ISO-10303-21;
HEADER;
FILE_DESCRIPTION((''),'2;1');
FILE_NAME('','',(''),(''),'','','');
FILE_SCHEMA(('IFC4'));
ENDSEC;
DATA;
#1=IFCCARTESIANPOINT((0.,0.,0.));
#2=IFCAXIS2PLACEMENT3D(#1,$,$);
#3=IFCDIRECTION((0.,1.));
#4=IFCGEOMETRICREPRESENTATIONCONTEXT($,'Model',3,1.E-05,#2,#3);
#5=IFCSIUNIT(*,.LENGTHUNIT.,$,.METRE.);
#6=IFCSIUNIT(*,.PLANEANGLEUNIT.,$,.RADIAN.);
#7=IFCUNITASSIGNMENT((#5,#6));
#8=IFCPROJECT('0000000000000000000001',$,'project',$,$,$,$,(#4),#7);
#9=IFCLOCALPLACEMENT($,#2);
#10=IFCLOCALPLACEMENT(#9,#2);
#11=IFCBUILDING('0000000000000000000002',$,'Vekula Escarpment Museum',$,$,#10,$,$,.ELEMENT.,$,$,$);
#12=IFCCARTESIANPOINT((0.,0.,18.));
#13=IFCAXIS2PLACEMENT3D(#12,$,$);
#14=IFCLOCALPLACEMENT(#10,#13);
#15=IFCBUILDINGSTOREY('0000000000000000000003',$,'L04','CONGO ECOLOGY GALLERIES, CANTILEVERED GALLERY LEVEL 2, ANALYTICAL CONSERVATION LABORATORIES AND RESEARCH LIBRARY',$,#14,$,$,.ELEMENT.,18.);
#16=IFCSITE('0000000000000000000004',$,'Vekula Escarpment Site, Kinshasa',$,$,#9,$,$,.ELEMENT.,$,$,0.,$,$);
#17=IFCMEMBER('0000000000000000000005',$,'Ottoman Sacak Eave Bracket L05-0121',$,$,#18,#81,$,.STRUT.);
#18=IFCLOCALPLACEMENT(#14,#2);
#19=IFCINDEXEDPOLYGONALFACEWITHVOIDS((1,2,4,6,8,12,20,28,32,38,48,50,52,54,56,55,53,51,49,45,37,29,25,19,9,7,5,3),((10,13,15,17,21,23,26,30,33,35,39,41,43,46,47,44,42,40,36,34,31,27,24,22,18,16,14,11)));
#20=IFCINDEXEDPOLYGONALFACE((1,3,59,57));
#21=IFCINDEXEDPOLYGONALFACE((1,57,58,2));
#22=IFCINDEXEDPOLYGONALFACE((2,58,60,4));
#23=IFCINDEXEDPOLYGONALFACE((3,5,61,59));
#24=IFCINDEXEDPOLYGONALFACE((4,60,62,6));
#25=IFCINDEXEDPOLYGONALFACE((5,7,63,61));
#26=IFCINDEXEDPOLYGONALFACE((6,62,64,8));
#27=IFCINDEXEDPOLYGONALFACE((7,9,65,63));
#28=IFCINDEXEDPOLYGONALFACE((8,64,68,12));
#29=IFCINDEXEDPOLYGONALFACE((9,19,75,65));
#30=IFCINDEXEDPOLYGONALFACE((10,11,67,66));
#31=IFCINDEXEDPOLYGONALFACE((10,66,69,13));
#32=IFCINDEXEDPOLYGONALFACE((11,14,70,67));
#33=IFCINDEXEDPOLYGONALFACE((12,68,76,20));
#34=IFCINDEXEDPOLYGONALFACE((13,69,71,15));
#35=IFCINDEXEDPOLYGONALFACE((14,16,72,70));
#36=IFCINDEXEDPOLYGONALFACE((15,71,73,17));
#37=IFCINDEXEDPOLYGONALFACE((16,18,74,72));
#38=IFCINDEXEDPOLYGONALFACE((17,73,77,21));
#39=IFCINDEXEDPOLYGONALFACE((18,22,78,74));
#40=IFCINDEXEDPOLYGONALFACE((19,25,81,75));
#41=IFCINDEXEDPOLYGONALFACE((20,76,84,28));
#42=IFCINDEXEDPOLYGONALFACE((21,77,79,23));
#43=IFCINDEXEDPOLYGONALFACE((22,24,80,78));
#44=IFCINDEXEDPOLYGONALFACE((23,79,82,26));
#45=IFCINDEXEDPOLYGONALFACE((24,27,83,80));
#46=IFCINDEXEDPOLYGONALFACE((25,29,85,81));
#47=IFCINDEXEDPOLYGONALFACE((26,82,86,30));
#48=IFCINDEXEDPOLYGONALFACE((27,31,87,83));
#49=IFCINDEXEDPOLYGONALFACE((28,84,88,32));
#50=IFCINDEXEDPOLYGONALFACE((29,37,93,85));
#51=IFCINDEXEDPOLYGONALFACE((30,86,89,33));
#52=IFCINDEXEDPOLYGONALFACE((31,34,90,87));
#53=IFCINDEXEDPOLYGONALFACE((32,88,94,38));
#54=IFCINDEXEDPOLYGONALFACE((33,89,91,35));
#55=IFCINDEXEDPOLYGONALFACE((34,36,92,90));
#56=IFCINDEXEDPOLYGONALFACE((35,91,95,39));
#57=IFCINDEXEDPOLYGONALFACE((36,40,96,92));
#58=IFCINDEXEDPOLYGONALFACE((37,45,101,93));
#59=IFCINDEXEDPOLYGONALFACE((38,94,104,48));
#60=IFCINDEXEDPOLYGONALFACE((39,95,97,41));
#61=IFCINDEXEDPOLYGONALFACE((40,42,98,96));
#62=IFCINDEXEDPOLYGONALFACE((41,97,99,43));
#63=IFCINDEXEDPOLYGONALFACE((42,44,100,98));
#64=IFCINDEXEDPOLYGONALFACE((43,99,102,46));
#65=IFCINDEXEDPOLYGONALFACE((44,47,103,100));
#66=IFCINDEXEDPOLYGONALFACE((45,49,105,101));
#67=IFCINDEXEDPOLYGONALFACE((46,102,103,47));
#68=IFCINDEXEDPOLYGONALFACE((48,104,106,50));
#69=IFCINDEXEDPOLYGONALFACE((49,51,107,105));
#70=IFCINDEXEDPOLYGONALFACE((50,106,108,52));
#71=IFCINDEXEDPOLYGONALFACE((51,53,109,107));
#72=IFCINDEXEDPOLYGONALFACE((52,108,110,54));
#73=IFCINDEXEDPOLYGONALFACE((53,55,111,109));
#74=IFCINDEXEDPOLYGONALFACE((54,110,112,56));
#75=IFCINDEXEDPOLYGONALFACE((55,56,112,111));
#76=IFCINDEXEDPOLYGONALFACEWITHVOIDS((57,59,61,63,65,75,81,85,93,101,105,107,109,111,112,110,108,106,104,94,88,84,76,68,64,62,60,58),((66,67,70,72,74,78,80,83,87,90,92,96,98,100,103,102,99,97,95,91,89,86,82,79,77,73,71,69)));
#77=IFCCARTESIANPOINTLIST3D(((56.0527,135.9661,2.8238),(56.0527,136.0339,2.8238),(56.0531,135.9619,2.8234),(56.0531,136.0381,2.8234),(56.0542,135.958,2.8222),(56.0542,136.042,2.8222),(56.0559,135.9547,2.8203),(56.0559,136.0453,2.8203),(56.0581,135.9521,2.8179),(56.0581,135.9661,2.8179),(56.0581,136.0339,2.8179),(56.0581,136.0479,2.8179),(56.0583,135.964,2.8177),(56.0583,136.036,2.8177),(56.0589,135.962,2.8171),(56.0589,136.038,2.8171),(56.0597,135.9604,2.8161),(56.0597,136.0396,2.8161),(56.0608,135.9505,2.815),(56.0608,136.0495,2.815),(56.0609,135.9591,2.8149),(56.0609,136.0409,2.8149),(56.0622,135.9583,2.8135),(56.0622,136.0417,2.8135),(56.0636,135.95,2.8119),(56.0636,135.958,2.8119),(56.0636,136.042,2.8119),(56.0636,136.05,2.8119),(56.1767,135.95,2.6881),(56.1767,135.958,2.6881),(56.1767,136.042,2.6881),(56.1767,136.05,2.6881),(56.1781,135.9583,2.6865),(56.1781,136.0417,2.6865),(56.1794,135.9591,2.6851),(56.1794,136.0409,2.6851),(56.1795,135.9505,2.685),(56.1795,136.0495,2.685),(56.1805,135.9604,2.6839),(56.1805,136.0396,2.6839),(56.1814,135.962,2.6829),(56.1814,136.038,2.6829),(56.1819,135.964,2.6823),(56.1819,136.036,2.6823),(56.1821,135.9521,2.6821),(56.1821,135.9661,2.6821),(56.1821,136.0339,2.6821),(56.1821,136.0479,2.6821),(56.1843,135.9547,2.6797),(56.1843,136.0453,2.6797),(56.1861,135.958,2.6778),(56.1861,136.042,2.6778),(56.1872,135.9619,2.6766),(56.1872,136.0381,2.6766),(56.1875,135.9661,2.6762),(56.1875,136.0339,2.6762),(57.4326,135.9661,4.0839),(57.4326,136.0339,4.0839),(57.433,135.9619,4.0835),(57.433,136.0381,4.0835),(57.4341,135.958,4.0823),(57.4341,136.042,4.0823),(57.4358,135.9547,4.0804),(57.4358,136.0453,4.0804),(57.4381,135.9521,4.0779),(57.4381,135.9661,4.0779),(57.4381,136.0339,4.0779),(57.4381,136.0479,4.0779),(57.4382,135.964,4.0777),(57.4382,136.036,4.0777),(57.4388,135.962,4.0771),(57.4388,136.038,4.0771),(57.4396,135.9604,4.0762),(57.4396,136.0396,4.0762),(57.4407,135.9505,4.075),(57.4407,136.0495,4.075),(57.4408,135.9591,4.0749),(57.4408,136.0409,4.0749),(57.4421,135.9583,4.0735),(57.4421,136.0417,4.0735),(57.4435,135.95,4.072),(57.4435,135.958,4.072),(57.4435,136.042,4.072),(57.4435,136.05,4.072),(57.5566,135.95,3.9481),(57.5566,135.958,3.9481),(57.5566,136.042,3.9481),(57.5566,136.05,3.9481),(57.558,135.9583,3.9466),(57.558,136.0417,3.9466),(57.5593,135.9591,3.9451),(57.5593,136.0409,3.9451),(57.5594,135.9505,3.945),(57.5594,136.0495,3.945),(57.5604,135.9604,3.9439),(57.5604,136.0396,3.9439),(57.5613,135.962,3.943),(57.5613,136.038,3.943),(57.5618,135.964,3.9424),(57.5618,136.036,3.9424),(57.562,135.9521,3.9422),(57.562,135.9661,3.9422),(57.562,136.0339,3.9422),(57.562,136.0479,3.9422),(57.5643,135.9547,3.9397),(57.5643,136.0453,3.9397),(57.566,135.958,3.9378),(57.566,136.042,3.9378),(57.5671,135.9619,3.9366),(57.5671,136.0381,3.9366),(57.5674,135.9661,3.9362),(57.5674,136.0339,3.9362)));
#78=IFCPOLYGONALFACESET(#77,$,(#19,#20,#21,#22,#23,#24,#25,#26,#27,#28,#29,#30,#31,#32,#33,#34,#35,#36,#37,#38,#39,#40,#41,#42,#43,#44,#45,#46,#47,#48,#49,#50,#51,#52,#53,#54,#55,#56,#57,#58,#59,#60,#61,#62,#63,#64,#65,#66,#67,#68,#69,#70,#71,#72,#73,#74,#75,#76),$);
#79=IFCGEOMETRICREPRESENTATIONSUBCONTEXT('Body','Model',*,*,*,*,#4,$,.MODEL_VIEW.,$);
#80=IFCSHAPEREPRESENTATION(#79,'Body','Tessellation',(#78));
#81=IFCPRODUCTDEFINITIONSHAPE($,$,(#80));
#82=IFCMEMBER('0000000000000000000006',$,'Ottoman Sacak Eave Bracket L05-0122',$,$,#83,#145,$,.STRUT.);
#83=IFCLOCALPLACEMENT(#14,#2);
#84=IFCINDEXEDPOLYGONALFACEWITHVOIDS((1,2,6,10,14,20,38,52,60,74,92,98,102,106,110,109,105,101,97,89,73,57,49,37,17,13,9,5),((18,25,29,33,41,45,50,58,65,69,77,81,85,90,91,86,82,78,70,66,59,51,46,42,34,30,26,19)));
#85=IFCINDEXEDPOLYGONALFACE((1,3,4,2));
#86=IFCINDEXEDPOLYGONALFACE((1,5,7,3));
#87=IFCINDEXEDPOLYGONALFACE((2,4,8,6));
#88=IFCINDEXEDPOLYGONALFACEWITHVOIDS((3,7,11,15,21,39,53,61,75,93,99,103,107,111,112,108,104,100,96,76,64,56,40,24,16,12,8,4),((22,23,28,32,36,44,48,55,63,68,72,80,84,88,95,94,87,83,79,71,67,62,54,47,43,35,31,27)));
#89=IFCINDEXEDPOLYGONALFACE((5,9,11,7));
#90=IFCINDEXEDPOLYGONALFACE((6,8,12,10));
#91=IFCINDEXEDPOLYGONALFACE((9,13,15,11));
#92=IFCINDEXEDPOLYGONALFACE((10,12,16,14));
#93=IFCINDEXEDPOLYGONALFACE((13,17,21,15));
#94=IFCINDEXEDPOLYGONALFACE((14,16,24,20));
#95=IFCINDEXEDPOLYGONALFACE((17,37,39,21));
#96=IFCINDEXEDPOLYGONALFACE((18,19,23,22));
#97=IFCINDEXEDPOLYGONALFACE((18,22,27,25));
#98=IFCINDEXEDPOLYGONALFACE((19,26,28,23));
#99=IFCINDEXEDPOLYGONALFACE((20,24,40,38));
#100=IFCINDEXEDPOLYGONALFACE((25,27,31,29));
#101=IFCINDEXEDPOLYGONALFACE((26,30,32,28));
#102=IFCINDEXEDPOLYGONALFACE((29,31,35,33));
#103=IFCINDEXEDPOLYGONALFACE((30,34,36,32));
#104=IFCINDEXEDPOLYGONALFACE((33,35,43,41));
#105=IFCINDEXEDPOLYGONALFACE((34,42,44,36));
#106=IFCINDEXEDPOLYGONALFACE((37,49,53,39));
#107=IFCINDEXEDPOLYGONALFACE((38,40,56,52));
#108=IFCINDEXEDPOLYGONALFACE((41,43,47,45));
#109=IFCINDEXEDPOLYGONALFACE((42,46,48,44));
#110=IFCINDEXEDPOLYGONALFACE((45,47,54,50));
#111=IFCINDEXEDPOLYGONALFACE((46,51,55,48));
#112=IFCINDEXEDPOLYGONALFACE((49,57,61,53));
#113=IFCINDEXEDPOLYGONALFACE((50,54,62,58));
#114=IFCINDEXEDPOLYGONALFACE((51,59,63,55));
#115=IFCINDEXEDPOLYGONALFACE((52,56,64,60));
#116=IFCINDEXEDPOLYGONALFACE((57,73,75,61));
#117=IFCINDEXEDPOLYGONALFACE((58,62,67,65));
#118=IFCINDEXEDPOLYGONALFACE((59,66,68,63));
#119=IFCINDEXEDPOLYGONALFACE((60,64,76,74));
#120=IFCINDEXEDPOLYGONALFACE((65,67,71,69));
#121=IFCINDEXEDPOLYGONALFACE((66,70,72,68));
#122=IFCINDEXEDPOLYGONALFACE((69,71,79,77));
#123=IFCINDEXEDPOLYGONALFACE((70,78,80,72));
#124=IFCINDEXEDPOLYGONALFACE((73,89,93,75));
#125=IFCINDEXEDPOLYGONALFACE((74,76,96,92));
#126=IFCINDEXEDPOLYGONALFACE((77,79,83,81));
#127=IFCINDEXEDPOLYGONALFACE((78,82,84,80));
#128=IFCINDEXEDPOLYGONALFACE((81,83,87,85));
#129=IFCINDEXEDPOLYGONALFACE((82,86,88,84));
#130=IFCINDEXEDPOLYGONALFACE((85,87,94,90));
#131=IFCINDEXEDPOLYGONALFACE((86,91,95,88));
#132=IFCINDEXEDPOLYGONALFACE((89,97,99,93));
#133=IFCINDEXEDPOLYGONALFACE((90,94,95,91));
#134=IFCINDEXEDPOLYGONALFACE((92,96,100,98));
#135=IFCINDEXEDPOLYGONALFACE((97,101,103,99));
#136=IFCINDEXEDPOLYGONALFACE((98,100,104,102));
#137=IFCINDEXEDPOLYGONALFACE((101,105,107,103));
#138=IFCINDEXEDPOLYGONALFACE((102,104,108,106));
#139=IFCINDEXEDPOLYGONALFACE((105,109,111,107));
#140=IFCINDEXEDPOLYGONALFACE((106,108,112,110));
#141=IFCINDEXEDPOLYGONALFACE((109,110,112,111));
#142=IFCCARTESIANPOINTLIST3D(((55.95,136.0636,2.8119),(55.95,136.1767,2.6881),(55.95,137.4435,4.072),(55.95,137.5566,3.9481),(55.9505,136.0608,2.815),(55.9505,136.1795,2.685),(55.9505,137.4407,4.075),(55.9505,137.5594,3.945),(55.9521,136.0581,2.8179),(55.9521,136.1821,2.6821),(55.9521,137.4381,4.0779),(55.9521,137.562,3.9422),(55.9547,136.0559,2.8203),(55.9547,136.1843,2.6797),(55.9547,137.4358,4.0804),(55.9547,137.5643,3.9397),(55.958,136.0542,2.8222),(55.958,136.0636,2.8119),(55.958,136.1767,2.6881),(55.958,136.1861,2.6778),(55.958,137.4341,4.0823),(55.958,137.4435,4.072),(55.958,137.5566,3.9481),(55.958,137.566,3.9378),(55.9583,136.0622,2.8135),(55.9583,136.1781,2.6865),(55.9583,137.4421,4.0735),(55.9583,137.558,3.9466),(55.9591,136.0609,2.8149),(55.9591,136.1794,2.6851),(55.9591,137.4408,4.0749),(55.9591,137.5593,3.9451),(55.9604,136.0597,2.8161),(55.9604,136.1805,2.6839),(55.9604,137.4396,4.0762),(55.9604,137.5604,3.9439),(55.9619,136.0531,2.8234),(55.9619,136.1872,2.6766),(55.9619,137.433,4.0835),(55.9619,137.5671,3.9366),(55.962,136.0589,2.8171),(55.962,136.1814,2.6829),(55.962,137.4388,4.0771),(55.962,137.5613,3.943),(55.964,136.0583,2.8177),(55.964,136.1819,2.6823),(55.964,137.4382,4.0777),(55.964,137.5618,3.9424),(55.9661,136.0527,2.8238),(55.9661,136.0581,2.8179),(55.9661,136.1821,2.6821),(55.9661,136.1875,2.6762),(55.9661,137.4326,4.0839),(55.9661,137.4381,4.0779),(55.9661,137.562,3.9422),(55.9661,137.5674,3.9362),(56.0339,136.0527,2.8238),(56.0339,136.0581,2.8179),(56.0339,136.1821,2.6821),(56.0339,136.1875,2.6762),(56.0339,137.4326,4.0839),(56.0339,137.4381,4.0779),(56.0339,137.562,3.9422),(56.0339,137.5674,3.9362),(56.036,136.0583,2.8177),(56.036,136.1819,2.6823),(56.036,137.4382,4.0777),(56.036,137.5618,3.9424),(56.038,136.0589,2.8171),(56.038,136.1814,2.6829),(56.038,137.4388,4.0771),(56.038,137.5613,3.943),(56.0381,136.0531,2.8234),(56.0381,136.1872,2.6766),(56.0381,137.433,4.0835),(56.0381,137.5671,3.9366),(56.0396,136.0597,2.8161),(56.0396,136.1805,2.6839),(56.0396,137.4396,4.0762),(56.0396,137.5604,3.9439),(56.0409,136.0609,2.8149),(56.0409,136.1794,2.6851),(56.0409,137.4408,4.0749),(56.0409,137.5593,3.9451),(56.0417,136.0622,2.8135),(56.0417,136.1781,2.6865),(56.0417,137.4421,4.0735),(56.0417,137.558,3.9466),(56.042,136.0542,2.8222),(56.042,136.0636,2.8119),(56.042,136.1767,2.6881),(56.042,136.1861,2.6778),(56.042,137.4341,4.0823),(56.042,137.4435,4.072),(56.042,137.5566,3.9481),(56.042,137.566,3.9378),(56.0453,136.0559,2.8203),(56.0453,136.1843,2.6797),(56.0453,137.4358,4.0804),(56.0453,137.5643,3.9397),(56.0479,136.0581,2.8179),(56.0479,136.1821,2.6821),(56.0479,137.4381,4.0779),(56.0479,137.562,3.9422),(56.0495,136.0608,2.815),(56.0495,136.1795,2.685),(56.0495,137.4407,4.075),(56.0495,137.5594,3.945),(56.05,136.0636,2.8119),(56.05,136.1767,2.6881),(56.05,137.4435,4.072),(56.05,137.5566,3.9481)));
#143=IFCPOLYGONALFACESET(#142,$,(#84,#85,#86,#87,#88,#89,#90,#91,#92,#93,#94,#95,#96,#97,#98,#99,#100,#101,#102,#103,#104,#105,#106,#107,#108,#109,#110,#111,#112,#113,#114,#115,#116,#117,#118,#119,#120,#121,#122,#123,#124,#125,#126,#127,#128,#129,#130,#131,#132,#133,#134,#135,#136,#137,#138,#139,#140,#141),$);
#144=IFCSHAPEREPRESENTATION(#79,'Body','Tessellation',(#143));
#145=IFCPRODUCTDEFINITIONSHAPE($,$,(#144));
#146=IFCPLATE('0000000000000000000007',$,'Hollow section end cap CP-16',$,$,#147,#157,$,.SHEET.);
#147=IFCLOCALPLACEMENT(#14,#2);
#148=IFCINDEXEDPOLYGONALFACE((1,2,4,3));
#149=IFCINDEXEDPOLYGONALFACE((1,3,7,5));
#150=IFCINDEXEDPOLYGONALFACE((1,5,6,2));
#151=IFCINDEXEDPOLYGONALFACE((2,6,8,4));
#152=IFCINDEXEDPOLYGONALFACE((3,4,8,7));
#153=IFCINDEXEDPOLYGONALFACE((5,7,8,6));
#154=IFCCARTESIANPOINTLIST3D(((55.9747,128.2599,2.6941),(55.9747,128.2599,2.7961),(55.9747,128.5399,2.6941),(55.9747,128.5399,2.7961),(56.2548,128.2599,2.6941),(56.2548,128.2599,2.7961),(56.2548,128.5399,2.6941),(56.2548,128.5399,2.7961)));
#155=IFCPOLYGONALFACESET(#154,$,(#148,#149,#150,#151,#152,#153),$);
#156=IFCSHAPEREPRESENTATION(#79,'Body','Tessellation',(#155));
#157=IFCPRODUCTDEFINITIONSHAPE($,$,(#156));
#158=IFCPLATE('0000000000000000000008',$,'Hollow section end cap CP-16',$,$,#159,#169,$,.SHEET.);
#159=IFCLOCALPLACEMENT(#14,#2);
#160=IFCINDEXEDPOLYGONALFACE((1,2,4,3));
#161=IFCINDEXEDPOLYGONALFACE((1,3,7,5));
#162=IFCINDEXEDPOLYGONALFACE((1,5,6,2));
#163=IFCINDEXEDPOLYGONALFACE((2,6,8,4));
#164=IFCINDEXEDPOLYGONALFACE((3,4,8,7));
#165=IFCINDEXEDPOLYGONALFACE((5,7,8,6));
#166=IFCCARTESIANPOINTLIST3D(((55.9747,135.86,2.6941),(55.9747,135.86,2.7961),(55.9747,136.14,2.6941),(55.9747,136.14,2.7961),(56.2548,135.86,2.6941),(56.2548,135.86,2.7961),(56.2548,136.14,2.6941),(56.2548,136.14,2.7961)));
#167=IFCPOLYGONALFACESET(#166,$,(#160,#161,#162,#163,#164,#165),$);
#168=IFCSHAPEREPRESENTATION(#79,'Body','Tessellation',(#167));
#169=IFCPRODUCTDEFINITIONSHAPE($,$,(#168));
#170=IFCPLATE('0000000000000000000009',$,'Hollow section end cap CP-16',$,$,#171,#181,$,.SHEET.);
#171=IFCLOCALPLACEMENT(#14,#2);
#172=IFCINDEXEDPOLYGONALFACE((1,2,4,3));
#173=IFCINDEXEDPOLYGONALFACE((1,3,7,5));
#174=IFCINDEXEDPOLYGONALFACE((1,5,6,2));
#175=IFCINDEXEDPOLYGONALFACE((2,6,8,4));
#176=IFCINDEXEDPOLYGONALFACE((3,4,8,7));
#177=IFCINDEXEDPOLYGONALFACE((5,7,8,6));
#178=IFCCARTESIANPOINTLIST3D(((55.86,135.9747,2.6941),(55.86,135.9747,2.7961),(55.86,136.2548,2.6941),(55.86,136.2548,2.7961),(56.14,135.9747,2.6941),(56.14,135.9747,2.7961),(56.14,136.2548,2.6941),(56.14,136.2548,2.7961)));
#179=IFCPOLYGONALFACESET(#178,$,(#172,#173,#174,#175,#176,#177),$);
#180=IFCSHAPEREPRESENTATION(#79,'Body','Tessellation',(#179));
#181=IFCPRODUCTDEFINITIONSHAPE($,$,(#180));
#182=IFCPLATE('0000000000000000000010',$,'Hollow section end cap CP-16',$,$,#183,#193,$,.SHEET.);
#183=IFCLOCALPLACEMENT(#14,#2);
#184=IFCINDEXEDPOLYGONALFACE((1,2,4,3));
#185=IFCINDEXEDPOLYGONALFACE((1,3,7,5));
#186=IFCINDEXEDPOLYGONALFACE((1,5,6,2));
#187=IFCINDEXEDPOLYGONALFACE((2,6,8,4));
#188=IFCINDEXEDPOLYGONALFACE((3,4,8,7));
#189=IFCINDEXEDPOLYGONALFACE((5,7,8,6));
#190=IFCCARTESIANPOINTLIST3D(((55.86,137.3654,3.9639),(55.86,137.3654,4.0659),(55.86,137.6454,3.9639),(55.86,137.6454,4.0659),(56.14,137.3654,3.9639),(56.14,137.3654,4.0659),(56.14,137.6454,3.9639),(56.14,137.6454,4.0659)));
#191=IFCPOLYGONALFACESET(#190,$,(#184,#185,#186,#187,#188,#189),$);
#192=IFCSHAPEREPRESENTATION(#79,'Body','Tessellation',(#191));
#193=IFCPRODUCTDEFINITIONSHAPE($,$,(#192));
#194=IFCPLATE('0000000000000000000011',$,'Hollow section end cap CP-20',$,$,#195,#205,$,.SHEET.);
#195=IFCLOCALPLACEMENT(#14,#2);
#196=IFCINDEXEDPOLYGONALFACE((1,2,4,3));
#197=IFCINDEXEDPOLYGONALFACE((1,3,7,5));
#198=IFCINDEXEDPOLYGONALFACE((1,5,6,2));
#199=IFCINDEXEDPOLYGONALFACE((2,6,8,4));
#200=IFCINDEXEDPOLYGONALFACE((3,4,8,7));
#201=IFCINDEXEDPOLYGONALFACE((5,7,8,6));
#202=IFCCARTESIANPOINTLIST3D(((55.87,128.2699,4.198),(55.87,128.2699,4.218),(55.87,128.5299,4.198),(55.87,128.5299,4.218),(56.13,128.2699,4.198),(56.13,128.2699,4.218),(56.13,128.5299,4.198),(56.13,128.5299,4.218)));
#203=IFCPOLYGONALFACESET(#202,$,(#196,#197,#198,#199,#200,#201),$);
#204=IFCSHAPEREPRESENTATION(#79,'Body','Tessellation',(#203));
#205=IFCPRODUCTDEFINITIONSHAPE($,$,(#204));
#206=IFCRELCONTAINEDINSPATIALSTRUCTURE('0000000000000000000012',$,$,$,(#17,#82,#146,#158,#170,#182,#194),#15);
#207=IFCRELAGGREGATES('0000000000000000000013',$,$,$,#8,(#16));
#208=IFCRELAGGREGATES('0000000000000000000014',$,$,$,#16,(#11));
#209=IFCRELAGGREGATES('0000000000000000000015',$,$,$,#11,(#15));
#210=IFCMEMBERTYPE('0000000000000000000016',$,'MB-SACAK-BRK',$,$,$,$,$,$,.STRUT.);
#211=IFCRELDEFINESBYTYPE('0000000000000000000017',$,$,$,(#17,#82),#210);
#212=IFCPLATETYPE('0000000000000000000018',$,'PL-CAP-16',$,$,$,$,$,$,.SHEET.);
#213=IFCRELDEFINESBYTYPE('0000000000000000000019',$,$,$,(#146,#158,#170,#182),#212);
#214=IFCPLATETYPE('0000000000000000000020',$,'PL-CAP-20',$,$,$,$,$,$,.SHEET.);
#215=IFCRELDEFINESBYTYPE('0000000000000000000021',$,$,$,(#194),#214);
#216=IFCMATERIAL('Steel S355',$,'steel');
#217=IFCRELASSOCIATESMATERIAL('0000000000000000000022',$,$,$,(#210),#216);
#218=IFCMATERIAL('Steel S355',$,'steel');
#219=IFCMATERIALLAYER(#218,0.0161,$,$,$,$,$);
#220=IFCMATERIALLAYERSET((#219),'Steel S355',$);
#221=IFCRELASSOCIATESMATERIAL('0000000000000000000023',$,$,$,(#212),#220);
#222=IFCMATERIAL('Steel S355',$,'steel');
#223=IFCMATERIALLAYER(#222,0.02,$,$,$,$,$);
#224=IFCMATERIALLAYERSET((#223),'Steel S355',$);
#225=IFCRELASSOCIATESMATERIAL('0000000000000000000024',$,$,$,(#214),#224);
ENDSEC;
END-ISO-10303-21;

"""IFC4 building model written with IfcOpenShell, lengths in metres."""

from ifc_helpers import new_model, si_unit, direction, frame, origin, origin_2d, place, context, subcontext, project, spatial, rectangle, hollow_rectangle, extrude, material, layer, layer_set, material_profile, profile_set, type_object, element, save


model = new_model("IFC4")

# Units and contexts
model_context = context("Model", 3, precision=1e-05, world=origin(), true_north=direction((0.0, 1.0)))
body_context = subcontext(model_context, "Body", "Model", "MODEL_VIEW")
ifc_project = project(units=[si_unit("LENGTHUNIT", "METRE"), si_unit("PLANEANGLEUNIT", "RADIAN")], contexts=[model_context])

# Site, building, storey
site_placement = place(None, origin())
site = spatial("IfcSite", under=ifc_project, at=site_placement, Name="Vekula Escarpment Site, Kinshasa", CompositionType="ELEMENT", RefElevation=0.0)
building_placement = place(site_placement, origin())
building = spatial("IfcBuilding", under=site, at=building_placement, Name="Vekula Escarpment Museum", CompositionType="ELEMENT")
storey_placement = place(building_placement, frame((0.0, 0.0, 18.0)))
storey = spatial("IfcBuildingStorey", under=building, at=storey_placement, Name="L04", Description="CONGO ECOLOGY GALLERIES, CANTILEVERED GALLERY LEVEL 2, ANALYTICAL CONSERVATION LABORATORIES AND RESEARCH LIBRARY", CompositionType="ELEMENT", Elevation=18.0)

# Members
ifc_material_1 = material(Name="Steel S355", Category="steel")
ifc_material_profile_1 = material_profile(ifc_material_1, hollow_rectangle(XDim=0.1001, YDim=0.2, WallThickness=0.0081, InnerFilletRadius=0.0081, OuterFilletRadius=0.0161, at=origin_2d()), Name="RHS 200x100x8")
ifc_profile_set_1 = profile_set([ifc_material_profile_1], Name="Steel S355")
member_type = type_object("IfcMemberType", Name="MB-SACAK-BRK", PredefinedType="STRUT", material=ifc_profile_set_1)
for number, where, z_axis, x_axis, name in (
    (1, (56.1201, 136.0, 2.75), (0.738454, 0.0, 0.674303), (0.0, 1.0, 0.0), "Ottoman Sacak Eave Bracket L05-0121"),
    (2, (56.0, 136.1201, 2.75), (0.0, 0.738454, 0.674303), (-1.0, 0.0, 0.0), "Ottoman Sacak Eave Bracket L05-0122"),
):
    element("IfcMember", number, at=place(storey_placement, frame(where, z_axis=z_axis, x_axis=x_axis)), inside=storey, type_object=member_type, Name=name, PredefinedType="STRUT", context=body_context, shape_type="SweptSolid", body=[
        extrude(hollow_rectangle(XDim=0.1001, YDim=0.2, WallThickness=0.0081, InnerFilletRadius=0.0081, OuterFilletRadius=0.0161, at=origin_2d()), origin(), (0.0, 0.0, 1.0), 1.8687),
    ])

# Plates
ifc_material_2 = material(Name="Steel S355", Category="steel")
ifc_layer_1 = layer(ifc_material_2, 0.0161)
ifc_layer_set_1 = layer_set([ifc_layer_1], Name="Steel S355")
plate_type_1 = type_object("IfcPlateType", Name="PL-CAP-16", PredefinedType="SHEET", material=ifc_layer_set_1)
for number, where, z_axis, x_axis, name in (
    (3, (56.1147, 128.3999, 2.6941), (0.0, 0.0, 1.0), (1.0, 0.0, 0.0), "Hollow section end cap CP-16"),
    (4, (56.1147, 136.0, 2.6941), (0.0, 0.0, 1.0), (1.0, 0.0, 0.0), "Hollow section end cap CP-16"),
    (5, (56.0, 136.1147, 2.6941), (0.0, 0.0, 1.0), (1.0, 0.0, 0.0), "Hollow section end cap CP-16"),
    (6, (56.0, 137.5054, 3.9639), (0.0, 0.0, 1.0), (1.0, 0.0, 0.0), "Hollow section end cap CP-16"),
):
    element("IfcPlate", number, at=place(storey_placement, frame(where, z_axis=z_axis, x_axis=x_axis)), inside=storey, type_object=plate_type_1, Name=name, PredefinedType="SHEET", context=body_context, shape_type="SweptSolid", body=[
        extrude(rectangle(XDim=0.28, YDim=0.28, at=origin_2d()), origin(), (0.0, 0.0, 1.0), 0.1021),
    ])
ifc_material_3 = material(Name="Steel S355", Category="steel")
ifc_layer_2 = layer(ifc_material_3, 0.02)
ifc_layer_set_2 = layer_set([ifc_layer_2], Name="Steel S355")
plate_type_2 = type_object("IfcPlateType", Name="PL-CAP-20", PredefinedType="SHEET", material=ifc_layer_set_2)
plate_placement = place(storey_placement, frame((56.0, 128.3999, 4.198), z_axis=(0.0, 0.0, 1.0), x_axis=(1.0, 0.0, 0.0)))
element("IfcPlate", 7, at=plate_placement, inside=storey, type_object=plate_type_2, Name="Hollow section end cap CP-20", PredefinedType="SHEET", context=body_context, shape_type="SweptSolid", body=[
    extrude(rectangle(XDim=0.26, YDim=0.26, at=origin_2d()), origin(), (0.0, 0.0, 1.0), 0.02),
])

save(model, "model.ifc")
